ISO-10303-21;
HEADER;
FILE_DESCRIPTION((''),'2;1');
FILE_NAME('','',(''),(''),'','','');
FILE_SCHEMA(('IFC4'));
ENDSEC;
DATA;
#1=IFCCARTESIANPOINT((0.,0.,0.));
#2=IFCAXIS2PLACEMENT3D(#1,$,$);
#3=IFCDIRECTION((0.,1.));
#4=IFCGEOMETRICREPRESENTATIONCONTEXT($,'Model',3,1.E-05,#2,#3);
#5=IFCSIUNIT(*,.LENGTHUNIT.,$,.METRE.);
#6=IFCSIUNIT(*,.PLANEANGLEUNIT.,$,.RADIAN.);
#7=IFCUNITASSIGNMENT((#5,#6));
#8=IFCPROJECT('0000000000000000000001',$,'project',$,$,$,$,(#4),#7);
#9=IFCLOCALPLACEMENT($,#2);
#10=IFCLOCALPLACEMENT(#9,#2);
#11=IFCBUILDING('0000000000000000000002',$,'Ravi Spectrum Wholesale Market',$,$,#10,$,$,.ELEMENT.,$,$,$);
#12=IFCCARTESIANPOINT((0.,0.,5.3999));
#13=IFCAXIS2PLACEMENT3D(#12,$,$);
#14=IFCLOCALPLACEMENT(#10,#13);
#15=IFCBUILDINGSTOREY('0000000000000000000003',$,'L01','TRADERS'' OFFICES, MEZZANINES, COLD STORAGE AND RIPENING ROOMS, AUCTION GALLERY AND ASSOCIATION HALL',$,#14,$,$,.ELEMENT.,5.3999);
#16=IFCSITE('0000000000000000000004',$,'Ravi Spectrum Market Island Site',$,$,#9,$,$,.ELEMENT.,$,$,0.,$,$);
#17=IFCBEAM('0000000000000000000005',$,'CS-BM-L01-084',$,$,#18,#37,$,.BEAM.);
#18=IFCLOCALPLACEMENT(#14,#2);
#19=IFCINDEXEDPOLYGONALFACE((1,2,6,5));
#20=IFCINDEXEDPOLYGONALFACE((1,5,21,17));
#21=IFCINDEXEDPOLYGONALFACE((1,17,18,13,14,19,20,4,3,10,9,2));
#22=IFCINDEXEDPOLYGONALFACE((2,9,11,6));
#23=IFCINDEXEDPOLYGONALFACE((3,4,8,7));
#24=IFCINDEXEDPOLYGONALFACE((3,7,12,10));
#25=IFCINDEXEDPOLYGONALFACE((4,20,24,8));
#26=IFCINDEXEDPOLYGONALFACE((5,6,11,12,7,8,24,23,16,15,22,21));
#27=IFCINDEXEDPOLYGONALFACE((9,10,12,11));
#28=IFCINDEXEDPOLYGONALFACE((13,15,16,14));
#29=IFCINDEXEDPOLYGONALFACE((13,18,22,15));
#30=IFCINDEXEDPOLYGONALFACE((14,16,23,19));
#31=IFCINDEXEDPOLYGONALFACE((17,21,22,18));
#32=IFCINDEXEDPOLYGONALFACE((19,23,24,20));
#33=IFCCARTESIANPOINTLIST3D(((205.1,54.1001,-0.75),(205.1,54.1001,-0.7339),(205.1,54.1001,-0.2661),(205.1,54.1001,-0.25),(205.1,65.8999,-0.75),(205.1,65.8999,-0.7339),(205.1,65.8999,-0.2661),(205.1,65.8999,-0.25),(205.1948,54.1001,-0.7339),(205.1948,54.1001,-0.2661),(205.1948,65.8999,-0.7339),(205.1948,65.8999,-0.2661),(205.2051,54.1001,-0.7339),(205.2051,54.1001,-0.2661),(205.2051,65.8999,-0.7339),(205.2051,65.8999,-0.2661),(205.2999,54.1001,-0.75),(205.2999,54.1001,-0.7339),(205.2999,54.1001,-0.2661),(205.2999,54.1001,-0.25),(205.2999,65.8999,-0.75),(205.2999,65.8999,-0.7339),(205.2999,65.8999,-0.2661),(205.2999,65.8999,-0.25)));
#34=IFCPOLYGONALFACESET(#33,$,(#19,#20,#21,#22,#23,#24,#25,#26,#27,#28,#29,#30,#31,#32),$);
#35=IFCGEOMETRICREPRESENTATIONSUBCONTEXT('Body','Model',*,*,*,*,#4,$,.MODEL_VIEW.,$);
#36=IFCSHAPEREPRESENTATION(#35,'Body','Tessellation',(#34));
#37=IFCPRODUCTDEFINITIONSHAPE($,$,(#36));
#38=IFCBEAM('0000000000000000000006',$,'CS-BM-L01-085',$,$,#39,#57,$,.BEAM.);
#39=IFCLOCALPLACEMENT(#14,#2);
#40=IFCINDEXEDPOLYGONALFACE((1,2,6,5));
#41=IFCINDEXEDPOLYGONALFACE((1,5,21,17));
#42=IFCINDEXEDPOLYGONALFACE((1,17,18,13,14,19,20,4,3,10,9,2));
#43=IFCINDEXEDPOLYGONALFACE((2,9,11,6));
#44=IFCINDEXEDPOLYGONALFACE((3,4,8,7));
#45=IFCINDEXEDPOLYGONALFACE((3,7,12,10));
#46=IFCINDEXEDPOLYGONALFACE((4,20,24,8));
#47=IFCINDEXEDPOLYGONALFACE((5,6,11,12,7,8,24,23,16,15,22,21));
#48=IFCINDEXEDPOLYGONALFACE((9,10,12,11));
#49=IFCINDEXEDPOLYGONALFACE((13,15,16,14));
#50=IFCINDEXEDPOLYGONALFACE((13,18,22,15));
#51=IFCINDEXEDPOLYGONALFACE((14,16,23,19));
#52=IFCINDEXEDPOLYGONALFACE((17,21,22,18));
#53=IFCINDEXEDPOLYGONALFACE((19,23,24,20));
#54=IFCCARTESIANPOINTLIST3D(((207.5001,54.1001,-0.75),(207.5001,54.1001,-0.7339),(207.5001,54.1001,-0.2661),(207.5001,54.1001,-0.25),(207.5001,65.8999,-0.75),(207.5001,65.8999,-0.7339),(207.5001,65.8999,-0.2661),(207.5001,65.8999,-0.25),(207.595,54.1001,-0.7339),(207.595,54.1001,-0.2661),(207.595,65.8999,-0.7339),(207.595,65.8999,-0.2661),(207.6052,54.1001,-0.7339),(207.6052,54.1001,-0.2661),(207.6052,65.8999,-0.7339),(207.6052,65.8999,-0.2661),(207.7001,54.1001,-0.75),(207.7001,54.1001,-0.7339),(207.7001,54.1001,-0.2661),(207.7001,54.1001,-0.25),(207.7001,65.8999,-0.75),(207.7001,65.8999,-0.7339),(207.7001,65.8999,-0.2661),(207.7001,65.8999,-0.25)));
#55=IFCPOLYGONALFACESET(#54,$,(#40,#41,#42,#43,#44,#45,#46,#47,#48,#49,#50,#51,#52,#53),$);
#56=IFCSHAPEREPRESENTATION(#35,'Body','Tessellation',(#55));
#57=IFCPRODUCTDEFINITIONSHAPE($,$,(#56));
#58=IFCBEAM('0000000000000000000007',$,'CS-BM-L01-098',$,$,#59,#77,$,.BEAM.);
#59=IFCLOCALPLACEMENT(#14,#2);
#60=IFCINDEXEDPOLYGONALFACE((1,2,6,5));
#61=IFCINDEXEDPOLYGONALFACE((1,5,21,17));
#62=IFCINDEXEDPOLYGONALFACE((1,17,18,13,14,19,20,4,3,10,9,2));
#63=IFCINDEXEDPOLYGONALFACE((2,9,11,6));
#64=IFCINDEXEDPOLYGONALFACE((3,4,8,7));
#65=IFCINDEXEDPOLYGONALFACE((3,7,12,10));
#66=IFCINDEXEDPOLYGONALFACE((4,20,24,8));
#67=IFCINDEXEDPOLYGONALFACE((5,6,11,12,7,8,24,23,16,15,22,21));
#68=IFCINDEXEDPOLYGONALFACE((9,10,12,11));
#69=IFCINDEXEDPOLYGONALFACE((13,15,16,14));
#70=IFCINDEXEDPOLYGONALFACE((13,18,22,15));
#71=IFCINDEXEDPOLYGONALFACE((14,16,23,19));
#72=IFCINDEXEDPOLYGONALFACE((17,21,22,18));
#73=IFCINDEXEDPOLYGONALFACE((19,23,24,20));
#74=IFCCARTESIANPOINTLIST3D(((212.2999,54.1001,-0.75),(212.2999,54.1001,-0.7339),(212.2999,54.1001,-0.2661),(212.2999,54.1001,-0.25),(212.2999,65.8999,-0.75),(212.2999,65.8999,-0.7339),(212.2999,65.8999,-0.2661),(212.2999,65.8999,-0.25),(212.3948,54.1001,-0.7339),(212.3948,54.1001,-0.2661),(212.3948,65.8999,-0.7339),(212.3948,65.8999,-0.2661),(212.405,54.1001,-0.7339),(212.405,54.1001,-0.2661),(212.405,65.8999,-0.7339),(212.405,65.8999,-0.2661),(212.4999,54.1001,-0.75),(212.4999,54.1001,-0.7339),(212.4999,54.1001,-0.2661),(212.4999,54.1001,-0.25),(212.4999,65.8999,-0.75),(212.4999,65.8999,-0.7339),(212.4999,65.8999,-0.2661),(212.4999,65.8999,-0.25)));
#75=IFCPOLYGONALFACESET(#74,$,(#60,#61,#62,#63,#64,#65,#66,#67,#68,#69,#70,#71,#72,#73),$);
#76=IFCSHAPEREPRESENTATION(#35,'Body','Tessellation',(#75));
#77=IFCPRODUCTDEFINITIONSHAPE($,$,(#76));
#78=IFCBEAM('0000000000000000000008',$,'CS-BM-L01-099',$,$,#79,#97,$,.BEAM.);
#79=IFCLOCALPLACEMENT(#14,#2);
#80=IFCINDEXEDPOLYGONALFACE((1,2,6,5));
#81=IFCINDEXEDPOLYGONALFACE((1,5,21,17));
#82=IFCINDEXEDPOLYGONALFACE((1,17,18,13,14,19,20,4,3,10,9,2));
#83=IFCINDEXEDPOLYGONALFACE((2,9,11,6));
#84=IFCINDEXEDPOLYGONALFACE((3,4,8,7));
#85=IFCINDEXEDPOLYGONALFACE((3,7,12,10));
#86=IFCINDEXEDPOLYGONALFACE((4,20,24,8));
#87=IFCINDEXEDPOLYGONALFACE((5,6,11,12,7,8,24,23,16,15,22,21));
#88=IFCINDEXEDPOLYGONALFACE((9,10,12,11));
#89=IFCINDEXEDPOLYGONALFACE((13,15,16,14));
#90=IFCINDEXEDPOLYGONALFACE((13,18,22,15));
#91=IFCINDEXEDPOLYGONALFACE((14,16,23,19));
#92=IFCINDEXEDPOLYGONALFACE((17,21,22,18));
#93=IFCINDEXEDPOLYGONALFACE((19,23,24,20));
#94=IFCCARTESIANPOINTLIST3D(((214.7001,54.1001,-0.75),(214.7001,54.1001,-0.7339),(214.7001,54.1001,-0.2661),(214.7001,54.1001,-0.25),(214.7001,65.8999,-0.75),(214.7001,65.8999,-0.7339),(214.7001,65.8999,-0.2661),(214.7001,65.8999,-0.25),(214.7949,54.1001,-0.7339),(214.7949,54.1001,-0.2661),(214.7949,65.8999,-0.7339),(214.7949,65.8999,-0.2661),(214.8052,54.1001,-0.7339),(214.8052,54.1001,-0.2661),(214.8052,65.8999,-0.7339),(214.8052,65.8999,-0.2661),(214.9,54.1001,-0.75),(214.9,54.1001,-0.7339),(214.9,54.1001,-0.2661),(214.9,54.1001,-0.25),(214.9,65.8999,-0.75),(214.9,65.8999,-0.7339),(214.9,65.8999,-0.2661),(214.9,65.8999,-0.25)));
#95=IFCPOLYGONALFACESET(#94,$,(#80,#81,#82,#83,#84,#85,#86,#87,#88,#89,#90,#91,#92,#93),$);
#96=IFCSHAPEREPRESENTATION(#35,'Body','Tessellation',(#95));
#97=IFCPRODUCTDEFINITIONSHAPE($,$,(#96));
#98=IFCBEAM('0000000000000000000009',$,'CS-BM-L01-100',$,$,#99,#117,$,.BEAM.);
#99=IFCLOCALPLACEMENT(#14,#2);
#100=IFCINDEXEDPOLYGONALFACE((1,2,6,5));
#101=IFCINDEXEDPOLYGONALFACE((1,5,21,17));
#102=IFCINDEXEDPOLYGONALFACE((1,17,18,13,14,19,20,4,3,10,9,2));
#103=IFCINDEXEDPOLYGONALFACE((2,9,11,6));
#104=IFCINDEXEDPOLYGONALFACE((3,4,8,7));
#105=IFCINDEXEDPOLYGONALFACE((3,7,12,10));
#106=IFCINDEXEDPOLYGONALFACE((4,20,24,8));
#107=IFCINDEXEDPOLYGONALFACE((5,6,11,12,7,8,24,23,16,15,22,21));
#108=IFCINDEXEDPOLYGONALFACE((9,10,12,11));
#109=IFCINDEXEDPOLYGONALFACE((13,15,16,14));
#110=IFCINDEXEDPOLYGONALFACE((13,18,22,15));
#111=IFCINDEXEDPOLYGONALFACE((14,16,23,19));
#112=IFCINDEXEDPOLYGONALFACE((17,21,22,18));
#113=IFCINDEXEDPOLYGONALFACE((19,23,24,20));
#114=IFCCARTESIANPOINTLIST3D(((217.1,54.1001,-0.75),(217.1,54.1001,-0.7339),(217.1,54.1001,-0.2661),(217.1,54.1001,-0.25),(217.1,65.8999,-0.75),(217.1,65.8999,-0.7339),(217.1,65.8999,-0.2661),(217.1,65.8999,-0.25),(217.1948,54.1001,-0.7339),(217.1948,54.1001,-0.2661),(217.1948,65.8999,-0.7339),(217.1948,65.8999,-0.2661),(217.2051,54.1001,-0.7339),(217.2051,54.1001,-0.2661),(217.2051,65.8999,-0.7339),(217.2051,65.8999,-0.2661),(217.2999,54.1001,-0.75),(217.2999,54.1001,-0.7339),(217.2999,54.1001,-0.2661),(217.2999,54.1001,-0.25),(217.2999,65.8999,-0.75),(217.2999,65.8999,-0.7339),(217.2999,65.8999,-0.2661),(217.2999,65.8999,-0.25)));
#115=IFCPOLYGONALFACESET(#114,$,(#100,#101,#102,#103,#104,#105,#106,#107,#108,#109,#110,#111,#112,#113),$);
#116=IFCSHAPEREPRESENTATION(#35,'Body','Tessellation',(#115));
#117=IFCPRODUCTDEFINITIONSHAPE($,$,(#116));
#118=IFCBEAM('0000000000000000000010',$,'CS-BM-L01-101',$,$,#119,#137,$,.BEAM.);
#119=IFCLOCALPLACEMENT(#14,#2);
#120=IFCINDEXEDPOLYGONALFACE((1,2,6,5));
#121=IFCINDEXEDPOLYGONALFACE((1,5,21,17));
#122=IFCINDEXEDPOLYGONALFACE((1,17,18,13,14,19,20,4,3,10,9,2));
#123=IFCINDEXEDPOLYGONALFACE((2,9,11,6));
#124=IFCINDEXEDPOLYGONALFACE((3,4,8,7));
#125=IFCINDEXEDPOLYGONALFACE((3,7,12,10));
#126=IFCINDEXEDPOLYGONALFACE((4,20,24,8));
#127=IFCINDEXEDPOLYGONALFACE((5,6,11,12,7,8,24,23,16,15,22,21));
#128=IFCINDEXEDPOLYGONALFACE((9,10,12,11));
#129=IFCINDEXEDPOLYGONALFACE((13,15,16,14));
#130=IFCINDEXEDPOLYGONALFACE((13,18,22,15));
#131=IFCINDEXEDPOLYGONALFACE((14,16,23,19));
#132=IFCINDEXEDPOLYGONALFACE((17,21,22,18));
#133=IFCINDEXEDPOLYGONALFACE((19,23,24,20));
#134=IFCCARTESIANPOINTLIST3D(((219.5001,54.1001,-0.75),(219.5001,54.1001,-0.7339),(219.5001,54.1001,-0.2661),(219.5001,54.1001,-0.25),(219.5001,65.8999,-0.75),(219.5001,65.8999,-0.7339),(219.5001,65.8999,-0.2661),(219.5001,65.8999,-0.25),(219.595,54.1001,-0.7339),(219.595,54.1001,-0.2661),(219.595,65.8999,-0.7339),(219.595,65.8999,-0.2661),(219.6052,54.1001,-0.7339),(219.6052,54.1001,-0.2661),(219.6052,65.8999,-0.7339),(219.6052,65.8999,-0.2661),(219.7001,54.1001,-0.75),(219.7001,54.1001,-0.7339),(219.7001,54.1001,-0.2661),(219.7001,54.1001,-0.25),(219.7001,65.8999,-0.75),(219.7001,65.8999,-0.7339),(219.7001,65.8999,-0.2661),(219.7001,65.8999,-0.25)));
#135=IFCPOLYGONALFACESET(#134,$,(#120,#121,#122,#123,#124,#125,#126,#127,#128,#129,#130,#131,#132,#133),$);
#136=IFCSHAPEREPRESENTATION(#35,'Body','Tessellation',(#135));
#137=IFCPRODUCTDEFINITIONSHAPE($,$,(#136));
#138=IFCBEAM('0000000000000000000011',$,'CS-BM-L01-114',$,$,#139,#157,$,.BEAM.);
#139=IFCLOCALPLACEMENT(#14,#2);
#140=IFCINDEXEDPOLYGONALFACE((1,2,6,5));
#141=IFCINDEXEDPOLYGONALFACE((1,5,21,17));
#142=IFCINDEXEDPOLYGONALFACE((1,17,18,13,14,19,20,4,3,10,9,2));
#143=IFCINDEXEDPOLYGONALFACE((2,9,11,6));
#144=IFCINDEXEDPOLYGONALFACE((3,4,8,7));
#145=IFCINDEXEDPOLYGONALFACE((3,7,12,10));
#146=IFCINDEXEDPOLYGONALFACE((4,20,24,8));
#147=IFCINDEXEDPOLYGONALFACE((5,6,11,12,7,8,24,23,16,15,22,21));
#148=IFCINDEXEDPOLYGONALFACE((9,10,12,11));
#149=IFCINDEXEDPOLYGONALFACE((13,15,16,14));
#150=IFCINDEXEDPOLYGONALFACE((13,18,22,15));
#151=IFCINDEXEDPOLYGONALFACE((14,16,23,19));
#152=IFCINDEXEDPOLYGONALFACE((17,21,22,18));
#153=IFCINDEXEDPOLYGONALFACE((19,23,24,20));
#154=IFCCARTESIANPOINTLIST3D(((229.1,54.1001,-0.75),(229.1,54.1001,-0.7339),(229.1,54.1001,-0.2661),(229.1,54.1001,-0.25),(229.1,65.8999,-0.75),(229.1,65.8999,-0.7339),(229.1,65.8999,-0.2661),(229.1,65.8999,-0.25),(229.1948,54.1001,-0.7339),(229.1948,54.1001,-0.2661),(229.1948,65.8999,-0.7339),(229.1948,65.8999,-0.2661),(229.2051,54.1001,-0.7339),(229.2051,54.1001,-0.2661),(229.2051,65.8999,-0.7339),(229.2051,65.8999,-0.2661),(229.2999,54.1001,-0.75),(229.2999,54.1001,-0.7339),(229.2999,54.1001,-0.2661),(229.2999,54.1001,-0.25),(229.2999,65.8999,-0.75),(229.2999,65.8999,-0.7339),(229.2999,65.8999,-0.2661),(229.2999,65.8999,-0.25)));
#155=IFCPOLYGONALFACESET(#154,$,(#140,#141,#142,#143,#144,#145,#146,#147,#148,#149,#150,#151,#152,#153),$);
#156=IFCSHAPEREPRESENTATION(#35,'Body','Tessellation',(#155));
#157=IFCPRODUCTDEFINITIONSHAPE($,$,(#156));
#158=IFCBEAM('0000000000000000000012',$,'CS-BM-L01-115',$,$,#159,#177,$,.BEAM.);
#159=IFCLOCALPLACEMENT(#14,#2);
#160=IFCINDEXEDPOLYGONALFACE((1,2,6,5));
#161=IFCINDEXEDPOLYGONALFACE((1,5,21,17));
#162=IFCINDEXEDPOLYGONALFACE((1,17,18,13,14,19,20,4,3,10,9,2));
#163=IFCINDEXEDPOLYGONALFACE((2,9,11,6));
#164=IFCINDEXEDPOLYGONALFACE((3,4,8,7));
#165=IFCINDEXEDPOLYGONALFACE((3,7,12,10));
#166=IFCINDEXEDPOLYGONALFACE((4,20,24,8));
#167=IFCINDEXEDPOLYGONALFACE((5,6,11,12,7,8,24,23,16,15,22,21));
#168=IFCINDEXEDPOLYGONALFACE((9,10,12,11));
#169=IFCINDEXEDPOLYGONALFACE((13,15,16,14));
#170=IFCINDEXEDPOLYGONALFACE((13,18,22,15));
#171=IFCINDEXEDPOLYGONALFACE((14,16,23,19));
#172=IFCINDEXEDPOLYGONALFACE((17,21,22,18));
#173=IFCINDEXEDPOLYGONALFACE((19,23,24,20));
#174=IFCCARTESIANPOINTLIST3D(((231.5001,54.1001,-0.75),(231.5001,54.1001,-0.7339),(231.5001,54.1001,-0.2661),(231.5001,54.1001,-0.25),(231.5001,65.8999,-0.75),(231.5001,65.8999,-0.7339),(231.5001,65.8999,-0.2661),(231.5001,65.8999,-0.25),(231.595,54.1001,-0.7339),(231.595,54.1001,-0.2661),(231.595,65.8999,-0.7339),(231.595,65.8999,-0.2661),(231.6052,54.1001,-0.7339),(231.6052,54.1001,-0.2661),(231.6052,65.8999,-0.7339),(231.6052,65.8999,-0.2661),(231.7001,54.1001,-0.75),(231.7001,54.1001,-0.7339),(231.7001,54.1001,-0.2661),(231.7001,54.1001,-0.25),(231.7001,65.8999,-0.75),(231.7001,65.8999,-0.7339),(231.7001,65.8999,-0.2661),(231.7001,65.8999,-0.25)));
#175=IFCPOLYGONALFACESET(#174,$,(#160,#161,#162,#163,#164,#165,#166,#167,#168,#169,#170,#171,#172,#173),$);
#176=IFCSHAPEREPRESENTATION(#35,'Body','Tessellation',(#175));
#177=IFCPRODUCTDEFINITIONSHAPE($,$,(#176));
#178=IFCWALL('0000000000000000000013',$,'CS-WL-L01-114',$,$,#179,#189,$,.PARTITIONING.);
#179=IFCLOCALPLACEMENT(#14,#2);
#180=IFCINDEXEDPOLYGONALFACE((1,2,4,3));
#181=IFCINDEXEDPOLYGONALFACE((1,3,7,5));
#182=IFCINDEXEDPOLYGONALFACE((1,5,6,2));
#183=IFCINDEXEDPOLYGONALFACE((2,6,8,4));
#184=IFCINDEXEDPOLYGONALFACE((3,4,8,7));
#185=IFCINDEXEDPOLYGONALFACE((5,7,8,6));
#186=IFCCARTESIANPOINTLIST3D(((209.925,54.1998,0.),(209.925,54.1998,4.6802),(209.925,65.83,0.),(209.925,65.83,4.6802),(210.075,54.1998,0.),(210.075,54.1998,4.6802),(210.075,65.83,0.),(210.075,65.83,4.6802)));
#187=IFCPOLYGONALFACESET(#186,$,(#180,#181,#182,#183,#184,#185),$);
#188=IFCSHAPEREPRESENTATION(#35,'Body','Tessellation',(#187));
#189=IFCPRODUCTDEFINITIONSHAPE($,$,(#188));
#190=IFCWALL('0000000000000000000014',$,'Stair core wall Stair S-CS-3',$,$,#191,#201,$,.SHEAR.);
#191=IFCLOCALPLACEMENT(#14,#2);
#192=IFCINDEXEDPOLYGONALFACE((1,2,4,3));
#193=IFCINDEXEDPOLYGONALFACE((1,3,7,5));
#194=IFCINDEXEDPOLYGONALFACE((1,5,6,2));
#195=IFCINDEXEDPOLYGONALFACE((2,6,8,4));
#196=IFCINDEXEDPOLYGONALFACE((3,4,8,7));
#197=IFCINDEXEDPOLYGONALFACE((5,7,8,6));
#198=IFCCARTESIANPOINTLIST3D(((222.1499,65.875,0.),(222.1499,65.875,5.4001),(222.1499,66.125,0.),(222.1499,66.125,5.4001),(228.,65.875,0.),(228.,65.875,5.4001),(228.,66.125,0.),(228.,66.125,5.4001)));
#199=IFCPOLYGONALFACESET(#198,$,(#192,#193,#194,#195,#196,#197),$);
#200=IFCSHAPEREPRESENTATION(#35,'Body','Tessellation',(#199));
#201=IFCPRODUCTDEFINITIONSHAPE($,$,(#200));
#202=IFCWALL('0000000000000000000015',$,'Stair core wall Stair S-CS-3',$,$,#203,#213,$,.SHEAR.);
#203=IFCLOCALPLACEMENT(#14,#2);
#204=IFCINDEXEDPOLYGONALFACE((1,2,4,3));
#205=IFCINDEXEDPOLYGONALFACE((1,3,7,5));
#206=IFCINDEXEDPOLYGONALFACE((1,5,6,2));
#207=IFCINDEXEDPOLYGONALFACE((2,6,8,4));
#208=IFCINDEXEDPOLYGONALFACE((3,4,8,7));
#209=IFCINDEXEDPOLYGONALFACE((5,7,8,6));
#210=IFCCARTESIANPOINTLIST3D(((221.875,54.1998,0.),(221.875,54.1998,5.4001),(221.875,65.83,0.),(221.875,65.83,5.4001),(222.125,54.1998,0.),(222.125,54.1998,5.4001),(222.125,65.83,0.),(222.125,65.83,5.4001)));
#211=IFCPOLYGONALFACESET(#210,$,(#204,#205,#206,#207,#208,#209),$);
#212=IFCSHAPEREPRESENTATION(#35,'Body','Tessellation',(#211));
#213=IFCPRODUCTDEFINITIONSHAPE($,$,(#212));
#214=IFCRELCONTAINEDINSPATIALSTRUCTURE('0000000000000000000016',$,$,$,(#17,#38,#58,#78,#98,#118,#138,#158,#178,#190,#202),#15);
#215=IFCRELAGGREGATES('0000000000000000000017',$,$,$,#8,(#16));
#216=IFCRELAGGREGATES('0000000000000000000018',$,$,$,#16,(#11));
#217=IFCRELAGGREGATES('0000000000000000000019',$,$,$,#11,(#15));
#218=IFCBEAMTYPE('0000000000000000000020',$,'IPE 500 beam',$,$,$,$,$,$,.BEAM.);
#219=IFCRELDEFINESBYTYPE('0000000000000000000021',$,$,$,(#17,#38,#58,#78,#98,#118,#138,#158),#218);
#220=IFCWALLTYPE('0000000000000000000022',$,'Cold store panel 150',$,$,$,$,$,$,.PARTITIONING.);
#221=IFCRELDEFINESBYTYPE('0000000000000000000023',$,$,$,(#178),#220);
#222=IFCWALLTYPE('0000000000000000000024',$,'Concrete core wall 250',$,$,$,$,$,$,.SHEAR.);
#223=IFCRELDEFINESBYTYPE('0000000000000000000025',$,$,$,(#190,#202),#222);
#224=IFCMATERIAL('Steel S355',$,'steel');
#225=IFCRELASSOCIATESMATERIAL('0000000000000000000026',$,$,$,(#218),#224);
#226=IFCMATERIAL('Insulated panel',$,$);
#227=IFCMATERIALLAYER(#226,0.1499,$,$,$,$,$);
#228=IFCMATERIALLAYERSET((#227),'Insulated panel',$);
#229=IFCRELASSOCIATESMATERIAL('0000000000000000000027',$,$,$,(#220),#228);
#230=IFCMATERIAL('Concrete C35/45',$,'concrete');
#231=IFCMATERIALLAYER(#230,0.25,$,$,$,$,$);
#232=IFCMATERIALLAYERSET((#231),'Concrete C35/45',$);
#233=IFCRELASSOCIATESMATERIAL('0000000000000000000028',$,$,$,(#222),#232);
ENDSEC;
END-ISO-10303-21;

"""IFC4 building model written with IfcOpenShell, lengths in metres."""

from ifc_helpers import new_model, si_unit, direction, frame, frame_2d, origin, origin_2d, place, context, subcontext, project, spatial, rectangle, i_section, extrude, material, layer, layer_set, material_profile, profile_set, type_object, element, save


model = new_model("IFC4")

# Units and contexts
model_context = context("Model", 3, precision=1e-05, world=origin(), true_north=direction((0.0, 1.0)))
body_context = subcontext(model_context, "Body", "Model", "MODEL_VIEW")
ifc_project = project(units=[si_unit("LENGTHUNIT", "METRE"), si_unit("PLANEANGLEUNIT", "RADIAN")], contexts=[model_context])

# Site, building, storey
site_placement = place(None, origin())
site = spatial("IfcSite", under=ifc_project, at=site_placement, Name="Ravi Spectrum Market Island Site", CompositionType="ELEMENT", RefElevation=0.0)
building_placement = place(site_placement, origin())
building = spatial("IfcBuilding", under=site, at=building_placement, Name="Ravi Spectrum Wholesale Market", CompositionType="ELEMENT")
storey_placement = place(building_placement, frame((0.0, 0.0, 5.3999)))
storey = spatial("IfcBuildingStorey", under=building, at=storey_placement, Name="L01", Description="TRADERS' OFFICES, MEZZANINES, COLD STORAGE AND RIPENING ROOMS, AUCTION GALLERY AND ASSOCIATION HALL", CompositionType="ELEMENT", Elevation=5.3999)

# Beams
ifc_material_1 = material(Name="Steel S355", Category="steel")
ifc_material_profile_1 = material_profile(ifc_material_1, i_section(OverallWidth=0.2, OverallDepth=0.5, WebThickness=0.0103, FlangeThickness=0.0161, at=origin_2d()))
ifc_profile_set_1 = profile_set([ifc_material_profile_1], Name="Steel S355")
beam_type_1 = type_object("IfcBeamType", Name="IPE 500 beam", PredefinedType="BEAM", material=ifc_profile_set_1)
for number, where, z_axis, x_axis, name in (
    (1, (205.2, 54.1001, -0.5), (0.0, 1.0, 0.0), (-1.0, 0.0, 0.0), "CS-BM-L01-084"),
    (2, (207.6001, 54.1001, -0.5), (0.0, 1.0, 0.0), (-1.0, 0.0, 0.0), "CS-BM-L01-085"),
    (3, (212.3999, 54.1001, -0.5), (0.0, 1.0, 0.0), (-1.0, 0.0, 0.0), "CS-BM-L01-098"),
    (4, (214.8, 54.1001, -0.5), (0.0, 1.0, 0.0), (-1.0, 0.0, 0.0), "CS-BM-L01-099"),
    (5, (217.2, 54.1001, -0.5), (0.0, 1.0, 0.0), (-1.0, 0.0, 0.0), "CS-BM-L01-100"),
    (6, (219.6001, 54.1001, -0.5), (0.0, 1.0, 0.0), (-1.0, 0.0, 0.0), "CS-BM-L01-101"),
    (7, (229.2, 54.1001, -0.5), (0.0, 1.0, 0.0), (-1.0, 0.0, 0.0), "CS-BM-L01-114"),
    (8, (231.6001, 54.1001, -0.5), (0.0, 1.0, 0.0), (-1.0, 0.0, 0.0), "CS-BM-L01-115"),
):
    element("IfcBeam", number, at=place(storey_placement, frame(where, z_axis=z_axis, x_axis=x_axis)), inside=storey, type_object=beam_type_1, Name=name, PredefinedType="BEAM", context=body_context, shape_type="SweptSolid", body=[
        extrude(i_section(OverallWidth=0.2, OverallDepth=0.5, WebThickness=0.0103, FlangeThickness=0.0161, at=origin_2d()), origin(), (0.0, 0.0, 1.0), 11.7998),
    ])

# Walls
ifc_material_2 = material(Name="Insulated panel")
ifc_layer_1 = layer(ifc_material_2, 0.1499)
ifc_layer_set_1 = layer_set([ifc_layer_1], Name="Insulated panel")
wall_type_1 = type_object("IfcWallType", Name="Cold store panel 150", PredefinedType="PARTITIONING", material=ifc_layer_set_1)
wall_1_placement = place(storey_placement, frame((210.0, 54.2, 0.0), z_axis=(0.0, 0.0, 1.0), x_axis=(0.0, 1.0, 0.0)))
element("IfcWall", 9, at=wall_1_placement, inside=storey, type_object=wall_type_1, Name="CS-WL-L01-114", PredefinedType="PARTITIONING", context=body_context, shape_type="SweptSolid", body=[
    extrude(rectangle(XDim=11.6301, YDim=0.1499, at=frame_2d((5.8149, 0.0))), origin(), (0.0, 0.0, 1.0), 4.6802),
])
ifc_material_3 = material(Name="Concrete C35/45", Category="concrete")
ifc_layer_2 = layer(ifc_material_3, 0.25)
ifc_layer_set_2 = layer_set([ifc_layer_2], Name="Concrete C35/45")
wall_type_2 = type_object("IfcWallType", Name="Concrete core wall 250", PredefinedType="SHEAR", material=ifc_layer_set_2)
wall_2_placement = place(storey_placement, frame((222.1499, 66.0, 0.0), z_axis=(0.0, 0.0, 1.0), x_axis=(1.0, 0.0, 0.0)))
element("IfcWall", 10, at=wall_2_placement, inside=storey, type_object=wall_type_2, Name="Stair core wall Stair S-CS-3", PredefinedType="SHEAR", context=body_context, shape_type="SweptSolid", body=[
    extrude(rectangle(XDim=5.8501, YDim=0.25, at=frame_2d((2.925, 0.0))), origin(), (0.0, 0.0, 1.0), 5.4001),
])
wall_3_placement = place(storey_placement, frame((222.0, 54.2, 0.0), z_axis=(0.0, 0.0, 1.0), x_axis=(0.0, 1.0, 0.0)))
element("IfcWall", 11, at=wall_3_placement, inside=storey, type_object=wall_type_2, Name="Stair core wall Stair S-CS-3", PredefinedType="SHEAR", context=body_context, shape_type="SweptSolid", body=[
    extrude(rectangle(XDim=11.6301, YDim=0.25, at=frame_2d((5.8149, 0.0))), origin(), (0.0, 0.0, 1.0), 5.4001),
])

save(model, "model.ifc")
